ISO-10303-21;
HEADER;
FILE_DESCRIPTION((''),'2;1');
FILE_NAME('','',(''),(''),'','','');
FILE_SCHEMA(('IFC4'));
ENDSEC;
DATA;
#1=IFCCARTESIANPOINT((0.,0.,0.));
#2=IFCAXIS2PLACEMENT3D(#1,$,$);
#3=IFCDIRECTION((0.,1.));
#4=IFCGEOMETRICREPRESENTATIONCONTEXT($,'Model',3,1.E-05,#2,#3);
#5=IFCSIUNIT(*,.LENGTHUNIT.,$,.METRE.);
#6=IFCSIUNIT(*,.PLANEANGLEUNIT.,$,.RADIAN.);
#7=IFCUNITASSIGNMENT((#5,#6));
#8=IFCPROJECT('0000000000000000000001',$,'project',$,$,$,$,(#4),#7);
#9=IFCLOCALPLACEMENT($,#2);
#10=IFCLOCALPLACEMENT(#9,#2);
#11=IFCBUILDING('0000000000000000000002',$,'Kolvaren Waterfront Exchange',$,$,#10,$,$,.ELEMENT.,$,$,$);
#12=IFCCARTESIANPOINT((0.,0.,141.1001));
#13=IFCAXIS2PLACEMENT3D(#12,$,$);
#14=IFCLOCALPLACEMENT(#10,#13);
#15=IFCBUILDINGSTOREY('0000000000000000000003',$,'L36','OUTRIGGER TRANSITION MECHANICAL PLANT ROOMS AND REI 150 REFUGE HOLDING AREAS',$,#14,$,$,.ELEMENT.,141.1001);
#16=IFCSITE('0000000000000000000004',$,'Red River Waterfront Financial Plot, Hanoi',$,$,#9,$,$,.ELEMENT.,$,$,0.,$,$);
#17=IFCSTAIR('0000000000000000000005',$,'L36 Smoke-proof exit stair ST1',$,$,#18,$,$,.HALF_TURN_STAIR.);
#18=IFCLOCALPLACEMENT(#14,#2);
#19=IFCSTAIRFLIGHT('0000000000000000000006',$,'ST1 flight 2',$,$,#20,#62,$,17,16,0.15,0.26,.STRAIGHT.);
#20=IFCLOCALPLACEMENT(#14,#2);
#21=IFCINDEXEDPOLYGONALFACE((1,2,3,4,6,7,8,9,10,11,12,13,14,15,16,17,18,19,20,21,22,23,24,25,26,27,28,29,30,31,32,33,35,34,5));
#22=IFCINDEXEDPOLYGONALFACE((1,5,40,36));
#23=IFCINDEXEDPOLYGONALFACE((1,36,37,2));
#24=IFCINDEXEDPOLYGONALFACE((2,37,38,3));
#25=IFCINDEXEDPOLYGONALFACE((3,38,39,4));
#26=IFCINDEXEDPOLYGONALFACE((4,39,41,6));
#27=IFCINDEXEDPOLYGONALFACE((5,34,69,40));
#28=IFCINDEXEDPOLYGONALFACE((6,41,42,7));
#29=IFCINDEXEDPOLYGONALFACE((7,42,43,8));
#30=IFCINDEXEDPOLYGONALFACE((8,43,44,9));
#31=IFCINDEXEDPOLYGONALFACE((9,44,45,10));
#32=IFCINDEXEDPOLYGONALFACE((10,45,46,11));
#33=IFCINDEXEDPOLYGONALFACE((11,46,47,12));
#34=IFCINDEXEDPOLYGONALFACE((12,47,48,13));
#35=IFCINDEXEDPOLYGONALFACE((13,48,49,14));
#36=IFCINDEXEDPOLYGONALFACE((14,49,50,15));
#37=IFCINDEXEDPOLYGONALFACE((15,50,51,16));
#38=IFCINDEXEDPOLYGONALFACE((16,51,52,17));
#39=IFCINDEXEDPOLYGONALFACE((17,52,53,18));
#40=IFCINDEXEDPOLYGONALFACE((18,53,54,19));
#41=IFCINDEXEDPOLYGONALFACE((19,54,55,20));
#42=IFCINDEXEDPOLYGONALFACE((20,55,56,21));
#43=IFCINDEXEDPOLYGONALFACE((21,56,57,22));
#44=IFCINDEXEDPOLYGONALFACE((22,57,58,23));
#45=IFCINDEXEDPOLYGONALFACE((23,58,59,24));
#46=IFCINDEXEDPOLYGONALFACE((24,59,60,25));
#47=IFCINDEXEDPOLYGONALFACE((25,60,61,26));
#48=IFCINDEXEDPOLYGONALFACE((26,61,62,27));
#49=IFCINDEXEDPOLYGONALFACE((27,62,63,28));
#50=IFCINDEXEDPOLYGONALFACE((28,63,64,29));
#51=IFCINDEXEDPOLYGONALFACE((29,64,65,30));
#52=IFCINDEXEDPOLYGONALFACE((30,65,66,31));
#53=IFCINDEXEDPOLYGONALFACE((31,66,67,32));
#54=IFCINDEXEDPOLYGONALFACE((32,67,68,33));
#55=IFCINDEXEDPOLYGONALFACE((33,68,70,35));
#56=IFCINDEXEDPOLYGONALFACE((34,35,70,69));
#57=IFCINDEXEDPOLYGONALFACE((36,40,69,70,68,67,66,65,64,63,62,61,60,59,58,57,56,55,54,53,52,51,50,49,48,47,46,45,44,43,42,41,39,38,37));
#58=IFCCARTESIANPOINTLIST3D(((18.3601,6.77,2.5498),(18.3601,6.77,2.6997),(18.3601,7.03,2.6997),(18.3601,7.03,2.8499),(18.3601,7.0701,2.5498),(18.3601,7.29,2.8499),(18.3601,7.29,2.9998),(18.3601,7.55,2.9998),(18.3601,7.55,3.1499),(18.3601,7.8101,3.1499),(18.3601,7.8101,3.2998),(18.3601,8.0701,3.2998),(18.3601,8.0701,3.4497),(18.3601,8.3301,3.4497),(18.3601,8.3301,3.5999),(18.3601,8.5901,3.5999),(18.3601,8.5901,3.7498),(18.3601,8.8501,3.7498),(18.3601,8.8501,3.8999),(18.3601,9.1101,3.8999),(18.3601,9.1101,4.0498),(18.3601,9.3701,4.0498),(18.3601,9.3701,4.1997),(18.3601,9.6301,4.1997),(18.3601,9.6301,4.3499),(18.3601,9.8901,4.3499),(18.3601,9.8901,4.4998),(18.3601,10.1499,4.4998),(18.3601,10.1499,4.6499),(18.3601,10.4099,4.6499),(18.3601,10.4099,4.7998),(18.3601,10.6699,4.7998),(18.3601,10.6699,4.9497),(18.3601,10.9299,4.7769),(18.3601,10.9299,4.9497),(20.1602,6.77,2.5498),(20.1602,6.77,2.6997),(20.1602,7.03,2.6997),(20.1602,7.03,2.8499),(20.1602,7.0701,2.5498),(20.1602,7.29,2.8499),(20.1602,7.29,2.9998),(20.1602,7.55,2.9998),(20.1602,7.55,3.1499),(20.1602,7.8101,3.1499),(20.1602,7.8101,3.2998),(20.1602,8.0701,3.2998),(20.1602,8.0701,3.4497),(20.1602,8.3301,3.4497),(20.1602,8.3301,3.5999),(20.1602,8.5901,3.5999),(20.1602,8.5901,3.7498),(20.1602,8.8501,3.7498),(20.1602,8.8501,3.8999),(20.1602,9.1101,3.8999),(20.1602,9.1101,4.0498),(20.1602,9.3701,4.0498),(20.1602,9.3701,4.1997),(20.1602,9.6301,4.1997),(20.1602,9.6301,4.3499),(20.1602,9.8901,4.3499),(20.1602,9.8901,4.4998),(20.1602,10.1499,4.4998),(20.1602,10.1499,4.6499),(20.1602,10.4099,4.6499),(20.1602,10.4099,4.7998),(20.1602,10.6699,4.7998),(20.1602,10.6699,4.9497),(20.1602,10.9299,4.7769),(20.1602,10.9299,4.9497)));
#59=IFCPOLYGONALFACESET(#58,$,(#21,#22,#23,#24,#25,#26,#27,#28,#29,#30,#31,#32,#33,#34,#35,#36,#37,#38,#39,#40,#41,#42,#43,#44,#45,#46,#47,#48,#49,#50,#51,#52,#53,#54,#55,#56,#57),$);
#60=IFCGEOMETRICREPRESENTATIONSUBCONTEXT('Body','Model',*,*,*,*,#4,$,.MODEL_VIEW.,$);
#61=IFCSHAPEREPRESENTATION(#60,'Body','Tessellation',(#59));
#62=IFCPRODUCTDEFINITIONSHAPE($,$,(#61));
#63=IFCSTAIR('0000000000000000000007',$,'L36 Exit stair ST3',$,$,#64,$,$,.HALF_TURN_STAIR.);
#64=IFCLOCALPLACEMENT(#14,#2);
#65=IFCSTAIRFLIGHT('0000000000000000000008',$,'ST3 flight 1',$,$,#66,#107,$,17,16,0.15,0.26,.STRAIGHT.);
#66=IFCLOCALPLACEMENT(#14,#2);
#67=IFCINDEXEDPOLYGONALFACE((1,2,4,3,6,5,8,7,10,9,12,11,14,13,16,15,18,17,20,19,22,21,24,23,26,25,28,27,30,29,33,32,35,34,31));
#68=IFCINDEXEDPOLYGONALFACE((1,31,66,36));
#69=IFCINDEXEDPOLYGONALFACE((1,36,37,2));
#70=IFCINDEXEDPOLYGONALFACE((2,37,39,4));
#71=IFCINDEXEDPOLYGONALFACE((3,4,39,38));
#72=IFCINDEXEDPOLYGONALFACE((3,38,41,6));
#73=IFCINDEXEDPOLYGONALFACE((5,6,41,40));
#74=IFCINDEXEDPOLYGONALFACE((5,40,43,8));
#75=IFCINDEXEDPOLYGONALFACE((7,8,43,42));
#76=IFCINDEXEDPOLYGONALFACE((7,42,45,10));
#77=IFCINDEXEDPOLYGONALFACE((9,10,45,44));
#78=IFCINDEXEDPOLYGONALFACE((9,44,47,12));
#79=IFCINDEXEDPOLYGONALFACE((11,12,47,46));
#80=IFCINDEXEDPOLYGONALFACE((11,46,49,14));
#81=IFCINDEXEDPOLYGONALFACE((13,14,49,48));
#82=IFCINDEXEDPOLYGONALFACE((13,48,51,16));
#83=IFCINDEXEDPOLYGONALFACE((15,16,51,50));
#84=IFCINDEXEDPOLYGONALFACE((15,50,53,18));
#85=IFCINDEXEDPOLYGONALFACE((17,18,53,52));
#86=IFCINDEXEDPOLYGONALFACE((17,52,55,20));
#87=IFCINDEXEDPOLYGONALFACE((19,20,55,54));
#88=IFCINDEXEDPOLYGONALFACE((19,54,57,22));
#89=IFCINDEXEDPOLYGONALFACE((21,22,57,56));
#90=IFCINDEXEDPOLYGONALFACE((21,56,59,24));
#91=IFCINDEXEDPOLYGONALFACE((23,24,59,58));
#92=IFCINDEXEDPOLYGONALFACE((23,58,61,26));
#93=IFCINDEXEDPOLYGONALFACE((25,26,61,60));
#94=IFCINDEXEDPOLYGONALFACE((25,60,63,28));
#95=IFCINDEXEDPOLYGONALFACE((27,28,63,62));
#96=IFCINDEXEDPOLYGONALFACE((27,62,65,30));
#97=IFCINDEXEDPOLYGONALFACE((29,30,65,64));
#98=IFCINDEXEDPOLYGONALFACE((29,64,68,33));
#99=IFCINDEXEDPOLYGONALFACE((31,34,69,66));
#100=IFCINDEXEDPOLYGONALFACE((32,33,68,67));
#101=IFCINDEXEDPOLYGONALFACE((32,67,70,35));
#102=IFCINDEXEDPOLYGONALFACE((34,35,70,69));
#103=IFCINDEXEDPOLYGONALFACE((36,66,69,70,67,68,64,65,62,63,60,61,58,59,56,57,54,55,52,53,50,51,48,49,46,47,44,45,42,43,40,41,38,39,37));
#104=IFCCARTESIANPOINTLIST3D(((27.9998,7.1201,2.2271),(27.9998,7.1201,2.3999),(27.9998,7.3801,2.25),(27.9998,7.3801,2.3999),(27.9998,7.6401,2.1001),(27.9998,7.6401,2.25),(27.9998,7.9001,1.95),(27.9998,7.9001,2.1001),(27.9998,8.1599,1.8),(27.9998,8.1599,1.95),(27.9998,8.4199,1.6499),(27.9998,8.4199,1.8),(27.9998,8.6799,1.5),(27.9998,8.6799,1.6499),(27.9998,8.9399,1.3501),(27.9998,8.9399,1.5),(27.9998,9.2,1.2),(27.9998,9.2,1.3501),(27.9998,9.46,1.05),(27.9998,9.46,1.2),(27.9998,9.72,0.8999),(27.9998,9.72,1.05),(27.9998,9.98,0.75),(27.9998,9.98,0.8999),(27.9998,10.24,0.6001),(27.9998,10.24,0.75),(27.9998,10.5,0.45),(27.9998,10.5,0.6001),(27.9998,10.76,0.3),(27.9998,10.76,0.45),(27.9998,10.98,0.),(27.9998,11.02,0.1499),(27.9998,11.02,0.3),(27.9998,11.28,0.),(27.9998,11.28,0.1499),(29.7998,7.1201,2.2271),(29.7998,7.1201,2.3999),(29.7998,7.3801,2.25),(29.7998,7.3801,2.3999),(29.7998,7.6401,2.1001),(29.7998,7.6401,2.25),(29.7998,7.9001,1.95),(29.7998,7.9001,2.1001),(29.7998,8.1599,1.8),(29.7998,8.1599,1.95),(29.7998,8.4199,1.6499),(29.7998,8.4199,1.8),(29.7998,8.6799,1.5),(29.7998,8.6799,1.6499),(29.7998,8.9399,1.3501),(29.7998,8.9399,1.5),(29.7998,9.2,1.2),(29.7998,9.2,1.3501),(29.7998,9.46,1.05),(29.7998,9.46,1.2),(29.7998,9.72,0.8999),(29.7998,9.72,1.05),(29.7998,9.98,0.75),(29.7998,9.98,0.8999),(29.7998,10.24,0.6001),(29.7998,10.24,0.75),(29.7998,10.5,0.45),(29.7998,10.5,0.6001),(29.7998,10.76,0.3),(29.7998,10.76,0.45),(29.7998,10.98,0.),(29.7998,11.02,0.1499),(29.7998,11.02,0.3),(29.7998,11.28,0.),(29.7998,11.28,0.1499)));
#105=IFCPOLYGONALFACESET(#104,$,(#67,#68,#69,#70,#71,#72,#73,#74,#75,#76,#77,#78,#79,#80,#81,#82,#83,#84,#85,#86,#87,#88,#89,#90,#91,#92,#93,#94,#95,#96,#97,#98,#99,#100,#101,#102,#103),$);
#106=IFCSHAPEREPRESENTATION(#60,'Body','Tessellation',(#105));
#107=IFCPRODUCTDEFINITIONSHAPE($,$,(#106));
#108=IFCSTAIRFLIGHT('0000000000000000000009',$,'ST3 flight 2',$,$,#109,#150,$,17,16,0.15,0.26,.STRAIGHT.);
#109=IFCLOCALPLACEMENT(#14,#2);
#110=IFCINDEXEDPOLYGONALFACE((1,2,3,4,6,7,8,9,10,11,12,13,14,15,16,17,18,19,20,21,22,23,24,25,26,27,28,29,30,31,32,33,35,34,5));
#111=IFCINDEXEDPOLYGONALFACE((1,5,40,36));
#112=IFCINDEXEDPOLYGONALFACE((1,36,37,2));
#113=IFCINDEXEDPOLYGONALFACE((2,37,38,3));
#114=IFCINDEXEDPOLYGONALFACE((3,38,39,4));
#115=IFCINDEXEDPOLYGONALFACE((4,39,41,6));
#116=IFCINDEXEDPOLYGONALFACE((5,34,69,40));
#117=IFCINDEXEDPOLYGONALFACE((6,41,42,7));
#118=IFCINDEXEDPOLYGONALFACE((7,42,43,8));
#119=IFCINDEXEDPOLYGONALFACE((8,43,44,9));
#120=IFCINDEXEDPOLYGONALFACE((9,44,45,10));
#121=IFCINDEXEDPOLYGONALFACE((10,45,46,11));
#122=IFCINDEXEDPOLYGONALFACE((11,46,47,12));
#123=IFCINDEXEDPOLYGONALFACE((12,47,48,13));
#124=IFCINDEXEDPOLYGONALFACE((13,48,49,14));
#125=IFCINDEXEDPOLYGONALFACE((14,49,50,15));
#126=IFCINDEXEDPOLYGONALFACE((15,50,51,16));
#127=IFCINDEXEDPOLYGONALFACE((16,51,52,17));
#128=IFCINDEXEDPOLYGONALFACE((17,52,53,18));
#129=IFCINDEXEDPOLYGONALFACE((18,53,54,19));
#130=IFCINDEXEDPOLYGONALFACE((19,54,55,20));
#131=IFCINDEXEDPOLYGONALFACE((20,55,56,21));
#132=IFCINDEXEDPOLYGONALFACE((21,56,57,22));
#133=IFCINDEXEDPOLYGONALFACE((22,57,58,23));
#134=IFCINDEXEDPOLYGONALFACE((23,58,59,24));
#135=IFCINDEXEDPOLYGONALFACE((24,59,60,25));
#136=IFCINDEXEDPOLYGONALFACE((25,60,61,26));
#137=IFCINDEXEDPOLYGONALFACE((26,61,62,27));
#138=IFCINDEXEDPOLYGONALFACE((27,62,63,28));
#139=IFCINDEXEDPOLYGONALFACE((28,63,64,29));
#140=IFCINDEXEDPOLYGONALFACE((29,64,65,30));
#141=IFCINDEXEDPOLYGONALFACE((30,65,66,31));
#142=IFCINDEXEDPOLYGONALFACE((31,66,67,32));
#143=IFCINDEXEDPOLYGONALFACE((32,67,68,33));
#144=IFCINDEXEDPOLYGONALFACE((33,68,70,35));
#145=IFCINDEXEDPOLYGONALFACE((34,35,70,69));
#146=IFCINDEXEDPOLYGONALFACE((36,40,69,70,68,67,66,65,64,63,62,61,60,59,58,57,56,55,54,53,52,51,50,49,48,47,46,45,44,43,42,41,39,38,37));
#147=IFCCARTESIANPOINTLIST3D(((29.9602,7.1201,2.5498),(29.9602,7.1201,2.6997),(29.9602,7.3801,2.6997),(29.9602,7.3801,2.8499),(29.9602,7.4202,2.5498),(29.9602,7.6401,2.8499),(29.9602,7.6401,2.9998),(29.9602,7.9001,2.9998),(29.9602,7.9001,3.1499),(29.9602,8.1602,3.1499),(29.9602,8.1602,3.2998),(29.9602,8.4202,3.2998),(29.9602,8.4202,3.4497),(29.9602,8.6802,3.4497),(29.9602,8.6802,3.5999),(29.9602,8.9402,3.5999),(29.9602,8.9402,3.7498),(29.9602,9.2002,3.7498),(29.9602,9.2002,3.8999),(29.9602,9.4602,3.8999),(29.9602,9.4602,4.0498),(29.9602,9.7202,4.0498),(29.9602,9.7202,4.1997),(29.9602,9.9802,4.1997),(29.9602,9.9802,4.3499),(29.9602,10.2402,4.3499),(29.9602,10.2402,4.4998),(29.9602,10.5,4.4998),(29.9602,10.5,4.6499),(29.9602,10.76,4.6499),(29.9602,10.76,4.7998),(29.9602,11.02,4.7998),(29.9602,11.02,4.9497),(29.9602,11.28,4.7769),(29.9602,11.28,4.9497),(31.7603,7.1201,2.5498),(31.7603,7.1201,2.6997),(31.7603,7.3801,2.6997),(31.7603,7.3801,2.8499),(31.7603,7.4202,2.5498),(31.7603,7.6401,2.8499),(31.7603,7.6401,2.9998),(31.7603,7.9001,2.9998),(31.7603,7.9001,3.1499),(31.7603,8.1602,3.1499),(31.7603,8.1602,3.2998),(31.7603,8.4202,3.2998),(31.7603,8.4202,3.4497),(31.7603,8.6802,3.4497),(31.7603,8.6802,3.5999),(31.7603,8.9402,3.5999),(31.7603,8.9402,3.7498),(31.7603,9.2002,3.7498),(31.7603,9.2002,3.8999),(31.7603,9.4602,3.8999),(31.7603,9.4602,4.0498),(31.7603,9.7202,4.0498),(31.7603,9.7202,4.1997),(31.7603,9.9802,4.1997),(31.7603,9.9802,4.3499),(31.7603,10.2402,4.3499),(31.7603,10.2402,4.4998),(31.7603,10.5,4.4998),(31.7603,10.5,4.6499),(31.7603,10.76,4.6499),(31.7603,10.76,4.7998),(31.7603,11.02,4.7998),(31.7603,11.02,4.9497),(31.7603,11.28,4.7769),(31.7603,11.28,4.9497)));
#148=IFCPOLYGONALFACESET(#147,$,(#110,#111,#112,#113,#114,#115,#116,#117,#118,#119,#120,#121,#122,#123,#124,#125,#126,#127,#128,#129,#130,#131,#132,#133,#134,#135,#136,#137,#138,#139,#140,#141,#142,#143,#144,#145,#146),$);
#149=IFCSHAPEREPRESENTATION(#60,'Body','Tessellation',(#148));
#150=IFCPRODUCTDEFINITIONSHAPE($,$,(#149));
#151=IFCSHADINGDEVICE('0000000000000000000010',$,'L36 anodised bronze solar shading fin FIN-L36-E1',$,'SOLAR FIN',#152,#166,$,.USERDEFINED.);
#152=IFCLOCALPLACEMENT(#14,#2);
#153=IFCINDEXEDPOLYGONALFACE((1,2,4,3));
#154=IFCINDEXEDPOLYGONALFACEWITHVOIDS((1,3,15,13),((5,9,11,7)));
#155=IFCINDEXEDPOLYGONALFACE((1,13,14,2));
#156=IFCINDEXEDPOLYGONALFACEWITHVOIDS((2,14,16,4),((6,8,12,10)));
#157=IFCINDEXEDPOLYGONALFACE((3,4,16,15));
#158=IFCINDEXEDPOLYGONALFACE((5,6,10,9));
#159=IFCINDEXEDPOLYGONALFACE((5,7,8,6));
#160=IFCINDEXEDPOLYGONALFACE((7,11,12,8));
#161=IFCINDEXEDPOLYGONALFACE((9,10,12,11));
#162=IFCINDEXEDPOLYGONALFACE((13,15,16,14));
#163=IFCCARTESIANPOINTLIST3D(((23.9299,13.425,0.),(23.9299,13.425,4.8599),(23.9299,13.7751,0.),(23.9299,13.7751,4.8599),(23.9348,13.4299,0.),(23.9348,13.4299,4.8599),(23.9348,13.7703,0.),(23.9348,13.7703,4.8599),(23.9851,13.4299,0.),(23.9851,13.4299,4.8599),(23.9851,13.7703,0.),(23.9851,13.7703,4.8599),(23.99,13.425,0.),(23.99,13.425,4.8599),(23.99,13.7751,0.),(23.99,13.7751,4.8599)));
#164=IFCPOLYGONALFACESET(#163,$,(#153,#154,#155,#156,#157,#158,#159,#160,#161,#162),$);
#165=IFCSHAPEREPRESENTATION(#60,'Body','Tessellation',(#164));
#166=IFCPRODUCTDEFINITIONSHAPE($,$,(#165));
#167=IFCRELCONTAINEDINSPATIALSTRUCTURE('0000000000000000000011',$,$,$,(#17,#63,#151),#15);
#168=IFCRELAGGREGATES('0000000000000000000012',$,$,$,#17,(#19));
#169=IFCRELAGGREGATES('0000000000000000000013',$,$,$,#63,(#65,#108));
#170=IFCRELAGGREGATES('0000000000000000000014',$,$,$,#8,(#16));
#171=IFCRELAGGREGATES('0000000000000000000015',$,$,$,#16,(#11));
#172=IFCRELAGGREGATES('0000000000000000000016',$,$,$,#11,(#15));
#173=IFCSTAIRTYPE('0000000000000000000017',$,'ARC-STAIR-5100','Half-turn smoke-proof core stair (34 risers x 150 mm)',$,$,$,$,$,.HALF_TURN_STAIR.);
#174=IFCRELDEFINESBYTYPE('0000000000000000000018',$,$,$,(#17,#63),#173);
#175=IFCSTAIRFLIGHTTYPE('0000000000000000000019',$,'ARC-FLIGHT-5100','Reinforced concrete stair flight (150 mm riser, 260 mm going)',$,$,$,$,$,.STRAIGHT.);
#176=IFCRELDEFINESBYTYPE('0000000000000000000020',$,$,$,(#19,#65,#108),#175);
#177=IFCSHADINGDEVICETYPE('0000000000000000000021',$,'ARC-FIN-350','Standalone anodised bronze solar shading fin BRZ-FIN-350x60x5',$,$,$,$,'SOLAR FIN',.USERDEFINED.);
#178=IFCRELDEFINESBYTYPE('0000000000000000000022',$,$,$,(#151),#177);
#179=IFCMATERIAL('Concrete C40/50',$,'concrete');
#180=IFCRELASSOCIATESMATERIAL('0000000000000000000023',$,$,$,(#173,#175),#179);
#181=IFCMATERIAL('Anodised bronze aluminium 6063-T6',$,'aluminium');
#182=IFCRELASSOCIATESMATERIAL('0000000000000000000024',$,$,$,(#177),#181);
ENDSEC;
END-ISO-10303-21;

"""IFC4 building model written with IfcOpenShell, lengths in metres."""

from ifc_helpers import new_model, si_unit, direction, frame, origin, origin_2d, place, context, subcontext, project, spatial, polyline, hollow_rectangle, outline, extrude, material, material_profile, profile_set, type_object, element, aggregate, save


model = new_model("IFC4")

# Units and contexts
model_context = context("Model", 3, precision=1e-05, world=origin(), true_north=direction((0.0, 1.0)))
body_context = subcontext(model_context, "Body", "Model", "MODEL_VIEW")
ifc_project = project(units=[si_unit("LENGTHUNIT", "METRE"), si_unit("PLANEANGLEUNIT", "RADIAN")], contexts=[model_context])

# Site, building, storey
site_placement = place(None, origin())
site = spatial("IfcSite", under=ifc_project, at=site_placement, Name="Red River Waterfront Financial Plot, Hanoi", CompositionType="ELEMENT", RefElevation=0.0)
building_placement = place(site_placement, origin())
building = spatial("IfcBuilding", under=site, at=building_placement, Name="Kolvaren Waterfront Exchange", CompositionType="ELEMENT")
storey_placement = place(building_placement, frame((0.0, 0.0, 141.1001)))
storey = spatial("IfcBuildingStorey", under=building, at=storey_placement, Name="L36", Description="OUTRIGGER TRANSITION MECHANICAL PLANT ROOMS AND REI 150 REFUGE HOLDING AREAS", CompositionType="ELEMENT", Elevation=141.1001)

# Shared definitions
ifc_material_1 = material(Name="Concrete C40/50", Category="concrete")

# Stair, stair flight
stair_type = type_object("IfcStairType", Name="ARC-STAIR-5100", Description="Half-turn smoke-proof core stair (34 risers x 150 mm)", PredefinedType="HALF_TURN_STAIR", material=ifc_material_1)
stair_1_placement = place(storey_placement, origin())
stair_1 = element("IfcStair", 1, at=stair_1_placement, inside=storey, type_object=stair_type, Name="L36 Smoke-proof exit stair ST1", PredefinedType="HALF_TURN_STAIR")
stair_flight_type = type_object("IfcStairFlightType", Name="ARC-FLIGHT-5100", Description="Reinforced concrete stair flight (150 mm riser, 260 mm going)", PredefinedType="STRAIGHT", material=ifc_material_1)
stair_flight_1_placement = place(storey_placement, frame((19.26, 6.77, 2.5498), z_axis=(0.0, 0.0, 1.0), x_axis=(0.0, 1.0, 0.0)))
stair_flight_1 = element("IfcStairFlight", 2, at=stair_flight_1_placement, type_object=stair_flight_type, Name="ST1 flight 2", NumberOfRisers=17, NumberOfTreads=16, PredefinedType="STRAIGHT", RiserHeight=0.15, TreadLength=0.26, context=body_context, shape_type="SweptSolid", body=[
    extrude(outline(polyline([(0.0, 0.0), (0.0, 0.1499), (0.26, 0.1499), (0.26, 0.3), (0.52, 0.3), (0.52, 0.45), (0.78, 0.45), (0.78, 0.6001), (1.04, 0.6001), (1.04, 0.75), (1.3, 0.75), (1.3, 0.8999), (1.5601, 0.8999), (1.5601, 1.05), (1.8201, 1.05), (1.8201, 1.2), (2.0801, 1.2), (2.0801, 1.3501), (2.3401, 1.3501), (2.3401, 1.5), (2.6001, 1.5), (2.6001, 1.6499), (2.8601, 1.6499), (2.8601, 1.8), (3.1201, 1.8), (3.1201, 1.95), (3.3799, 1.95), (3.3799, 2.1001), (3.6399, 2.1001), (3.6399, 2.25), (3.8999, 2.25), (3.8999, 2.3999), (4.1599, 2.3999), (4.1599, 2.55), (4.1599, 2.2271), (0.3, 0.0), (0.0, 0.0)])), frame((0.0, 0.8999, 0.0), z_axis=(0.0, -1.0, 0.0), x_axis=(1.0, 0.0, 0.0)), (0.0, 0.0, 1.0), 1.8),
])
aggregate(stair_1, [stair_flight_1])

# Stair, stair flights
stair_2_placement = place(storey_placement, origin())
stair_2 = element("IfcStair", 3, at=stair_2_placement, inside=storey, type_object=stair_type, Name="L36 Exit stair ST3", PredefinedType="HALF_TURN_STAIR")
stair_flight_2_placement = place(storey_placement, frame((28.8999, 11.28, 0.0), z_axis=(0.0, 0.0, 1.0), x_axis=(0.0, -1.0, 0.0)))
stair_flight_2 = element("IfcStairFlight", 4, at=stair_flight_2_placement, type_object=stair_flight_type, Name="ST3 flight 1", NumberOfRisers=17, NumberOfTreads=16, PredefinedType="STRAIGHT", RiserHeight=0.15, TreadLength=0.26, context=body_context, shape_type="SweptSolid", body=[
    extrude(outline(polyline([(0.0, 0.0), (0.0, 0.1499), (0.26, 0.1499), (0.26, 0.3), (0.52, 0.3), (0.52, 0.45), (0.78, 0.45), (0.78, 0.6001), (1.04, 0.6001), (1.04, 0.75), (1.3, 0.75), (1.3, 0.8999), (1.5601, 0.8999), (1.5601, 1.05), (1.8201, 1.05), (1.8201, 1.2), (2.0801, 1.2), (2.0801, 1.3501), (2.3401, 1.3501), (2.3401, 1.5), (2.6001, 1.5), (2.6001, 1.6499), (2.8601, 1.6499), (2.8601, 1.8), (3.1201, 1.8), (3.1201, 1.95), (3.3799, 1.95), (3.3799, 2.1001), (3.6399, 2.1001), (3.6399, 2.25), (3.8999, 2.25), (3.8999, 2.3999), (4.1599, 2.3999), (4.1599, 2.55), (4.1599, 2.2271), (0.3, 0.0), (0.0, 0.0)])), frame((0.0, 0.8999, 0.0), z_axis=(0.0, -1.0, 0.0), x_axis=(1.0, 0.0, 0.0)), (0.0, 0.0, 1.0), 1.8),
])
stair_flight_3_placement = place(storey_placement, frame((30.8601, 7.1201, 2.5498), z_axis=(0.0, 0.0, 1.0), x_axis=(0.0, 1.0, 0.0)))
stair_flight_3 = element("IfcStairFlight", 5, at=stair_flight_3_placement, type_object=stair_flight_type, Name="ST3 flight 2", NumberOfRisers=17, NumberOfTreads=16, PredefinedType="STRAIGHT", RiserHeight=0.15, TreadLength=0.26, context=body_context, shape_type="SweptSolid", body=[
    extrude(outline(polyline([(0.0, 0.0), (0.0, 0.1499), (0.26, 0.1499), (0.26, 0.3), (0.52, 0.3), (0.52, 0.45), (0.78, 0.45), (0.78, 0.6001), (1.04, 0.6001), (1.04, 0.75), (1.3, 0.75), (1.3, 0.8999), (1.5601, 0.8999), (1.5601, 1.05), (1.8201, 1.05), (1.8201, 1.2), (2.0801, 1.2), (2.0801, 1.3501), (2.3401, 1.3501), (2.3401, 1.5), (2.6001, 1.5), (2.6001, 1.6499), (2.8601, 1.6499), (2.8601, 1.8), (3.1201, 1.8), (3.1201, 1.95), (3.3799, 1.95), (3.3799, 2.1001), (3.6399, 2.1001), (3.6399, 2.25), (3.8999, 2.25), (3.8999, 2.3999), (4.1599, 2.3999), (4.1599, 2.55), (4.1599, 2.2271), (0.3, 0.0), (0.0, 0.0)])), frame((0.0, 0.8999, 0.0), z_axis=(0.0, -1.0, 0.0), x_axis=(1.0, 0.0, 0.0)), (0.0, 0.0, 1.0), 1.8),
])
aggregate(stair_2, [stair_flight_2, stair_flight_3])

# Shading device
ifc_material_2 = material(Name="Anodised bronze aluminium 6063-T6", Category="aluminium")
ifc_material_profile_1 = material_profile(ifc_material_2, hollow_rectangle(XDim=0.0601, YDim=0.3501, WallThickness=0.0049, at=origin_2d()), Name="BRZ-FIN-350x60x5")
ifc_profile_set_1 = profile_set([ifc_material_profile_1], Name="Anodised bronze aluminium 6063-T6")
shading_device_type = type_object("IfcShadingDeviceType", Name="ARC-FIN-350", Description="Standalone anodised bronze solar shading fin BRZ-FIN-350x60x5", ElementType="SOLAR FIN", PredefinedType="USERDEFINED", material=ifc_profile_set_1)
shading_device_placement = place(storey_placement, frame((23.96, 13.6001, 0.0), z_axis=(0.0, 0.0, 1.0), x_axis=(1.0, 0.0, 0.0)))
element("IfcShadingDevice", 6, at=shading_device_placement, inside=storey, type_object=shading_device_type, Name="L36 anodised bronze solar shading fin FIN-L36-E1", ObjectType="SOLAR FIN", PredefinedType="USERDEFINED", context=body_context, shape_type="SweptSolid", body=[
    extrude(hollow_rectangle(XDim=0.0601, YDim=0.3501, WallThickness=0.0049, at=origin_2d()), origin(), (0.0, 0.0, 1.0), 4.8599),
])

save(model, "model.ifc")
